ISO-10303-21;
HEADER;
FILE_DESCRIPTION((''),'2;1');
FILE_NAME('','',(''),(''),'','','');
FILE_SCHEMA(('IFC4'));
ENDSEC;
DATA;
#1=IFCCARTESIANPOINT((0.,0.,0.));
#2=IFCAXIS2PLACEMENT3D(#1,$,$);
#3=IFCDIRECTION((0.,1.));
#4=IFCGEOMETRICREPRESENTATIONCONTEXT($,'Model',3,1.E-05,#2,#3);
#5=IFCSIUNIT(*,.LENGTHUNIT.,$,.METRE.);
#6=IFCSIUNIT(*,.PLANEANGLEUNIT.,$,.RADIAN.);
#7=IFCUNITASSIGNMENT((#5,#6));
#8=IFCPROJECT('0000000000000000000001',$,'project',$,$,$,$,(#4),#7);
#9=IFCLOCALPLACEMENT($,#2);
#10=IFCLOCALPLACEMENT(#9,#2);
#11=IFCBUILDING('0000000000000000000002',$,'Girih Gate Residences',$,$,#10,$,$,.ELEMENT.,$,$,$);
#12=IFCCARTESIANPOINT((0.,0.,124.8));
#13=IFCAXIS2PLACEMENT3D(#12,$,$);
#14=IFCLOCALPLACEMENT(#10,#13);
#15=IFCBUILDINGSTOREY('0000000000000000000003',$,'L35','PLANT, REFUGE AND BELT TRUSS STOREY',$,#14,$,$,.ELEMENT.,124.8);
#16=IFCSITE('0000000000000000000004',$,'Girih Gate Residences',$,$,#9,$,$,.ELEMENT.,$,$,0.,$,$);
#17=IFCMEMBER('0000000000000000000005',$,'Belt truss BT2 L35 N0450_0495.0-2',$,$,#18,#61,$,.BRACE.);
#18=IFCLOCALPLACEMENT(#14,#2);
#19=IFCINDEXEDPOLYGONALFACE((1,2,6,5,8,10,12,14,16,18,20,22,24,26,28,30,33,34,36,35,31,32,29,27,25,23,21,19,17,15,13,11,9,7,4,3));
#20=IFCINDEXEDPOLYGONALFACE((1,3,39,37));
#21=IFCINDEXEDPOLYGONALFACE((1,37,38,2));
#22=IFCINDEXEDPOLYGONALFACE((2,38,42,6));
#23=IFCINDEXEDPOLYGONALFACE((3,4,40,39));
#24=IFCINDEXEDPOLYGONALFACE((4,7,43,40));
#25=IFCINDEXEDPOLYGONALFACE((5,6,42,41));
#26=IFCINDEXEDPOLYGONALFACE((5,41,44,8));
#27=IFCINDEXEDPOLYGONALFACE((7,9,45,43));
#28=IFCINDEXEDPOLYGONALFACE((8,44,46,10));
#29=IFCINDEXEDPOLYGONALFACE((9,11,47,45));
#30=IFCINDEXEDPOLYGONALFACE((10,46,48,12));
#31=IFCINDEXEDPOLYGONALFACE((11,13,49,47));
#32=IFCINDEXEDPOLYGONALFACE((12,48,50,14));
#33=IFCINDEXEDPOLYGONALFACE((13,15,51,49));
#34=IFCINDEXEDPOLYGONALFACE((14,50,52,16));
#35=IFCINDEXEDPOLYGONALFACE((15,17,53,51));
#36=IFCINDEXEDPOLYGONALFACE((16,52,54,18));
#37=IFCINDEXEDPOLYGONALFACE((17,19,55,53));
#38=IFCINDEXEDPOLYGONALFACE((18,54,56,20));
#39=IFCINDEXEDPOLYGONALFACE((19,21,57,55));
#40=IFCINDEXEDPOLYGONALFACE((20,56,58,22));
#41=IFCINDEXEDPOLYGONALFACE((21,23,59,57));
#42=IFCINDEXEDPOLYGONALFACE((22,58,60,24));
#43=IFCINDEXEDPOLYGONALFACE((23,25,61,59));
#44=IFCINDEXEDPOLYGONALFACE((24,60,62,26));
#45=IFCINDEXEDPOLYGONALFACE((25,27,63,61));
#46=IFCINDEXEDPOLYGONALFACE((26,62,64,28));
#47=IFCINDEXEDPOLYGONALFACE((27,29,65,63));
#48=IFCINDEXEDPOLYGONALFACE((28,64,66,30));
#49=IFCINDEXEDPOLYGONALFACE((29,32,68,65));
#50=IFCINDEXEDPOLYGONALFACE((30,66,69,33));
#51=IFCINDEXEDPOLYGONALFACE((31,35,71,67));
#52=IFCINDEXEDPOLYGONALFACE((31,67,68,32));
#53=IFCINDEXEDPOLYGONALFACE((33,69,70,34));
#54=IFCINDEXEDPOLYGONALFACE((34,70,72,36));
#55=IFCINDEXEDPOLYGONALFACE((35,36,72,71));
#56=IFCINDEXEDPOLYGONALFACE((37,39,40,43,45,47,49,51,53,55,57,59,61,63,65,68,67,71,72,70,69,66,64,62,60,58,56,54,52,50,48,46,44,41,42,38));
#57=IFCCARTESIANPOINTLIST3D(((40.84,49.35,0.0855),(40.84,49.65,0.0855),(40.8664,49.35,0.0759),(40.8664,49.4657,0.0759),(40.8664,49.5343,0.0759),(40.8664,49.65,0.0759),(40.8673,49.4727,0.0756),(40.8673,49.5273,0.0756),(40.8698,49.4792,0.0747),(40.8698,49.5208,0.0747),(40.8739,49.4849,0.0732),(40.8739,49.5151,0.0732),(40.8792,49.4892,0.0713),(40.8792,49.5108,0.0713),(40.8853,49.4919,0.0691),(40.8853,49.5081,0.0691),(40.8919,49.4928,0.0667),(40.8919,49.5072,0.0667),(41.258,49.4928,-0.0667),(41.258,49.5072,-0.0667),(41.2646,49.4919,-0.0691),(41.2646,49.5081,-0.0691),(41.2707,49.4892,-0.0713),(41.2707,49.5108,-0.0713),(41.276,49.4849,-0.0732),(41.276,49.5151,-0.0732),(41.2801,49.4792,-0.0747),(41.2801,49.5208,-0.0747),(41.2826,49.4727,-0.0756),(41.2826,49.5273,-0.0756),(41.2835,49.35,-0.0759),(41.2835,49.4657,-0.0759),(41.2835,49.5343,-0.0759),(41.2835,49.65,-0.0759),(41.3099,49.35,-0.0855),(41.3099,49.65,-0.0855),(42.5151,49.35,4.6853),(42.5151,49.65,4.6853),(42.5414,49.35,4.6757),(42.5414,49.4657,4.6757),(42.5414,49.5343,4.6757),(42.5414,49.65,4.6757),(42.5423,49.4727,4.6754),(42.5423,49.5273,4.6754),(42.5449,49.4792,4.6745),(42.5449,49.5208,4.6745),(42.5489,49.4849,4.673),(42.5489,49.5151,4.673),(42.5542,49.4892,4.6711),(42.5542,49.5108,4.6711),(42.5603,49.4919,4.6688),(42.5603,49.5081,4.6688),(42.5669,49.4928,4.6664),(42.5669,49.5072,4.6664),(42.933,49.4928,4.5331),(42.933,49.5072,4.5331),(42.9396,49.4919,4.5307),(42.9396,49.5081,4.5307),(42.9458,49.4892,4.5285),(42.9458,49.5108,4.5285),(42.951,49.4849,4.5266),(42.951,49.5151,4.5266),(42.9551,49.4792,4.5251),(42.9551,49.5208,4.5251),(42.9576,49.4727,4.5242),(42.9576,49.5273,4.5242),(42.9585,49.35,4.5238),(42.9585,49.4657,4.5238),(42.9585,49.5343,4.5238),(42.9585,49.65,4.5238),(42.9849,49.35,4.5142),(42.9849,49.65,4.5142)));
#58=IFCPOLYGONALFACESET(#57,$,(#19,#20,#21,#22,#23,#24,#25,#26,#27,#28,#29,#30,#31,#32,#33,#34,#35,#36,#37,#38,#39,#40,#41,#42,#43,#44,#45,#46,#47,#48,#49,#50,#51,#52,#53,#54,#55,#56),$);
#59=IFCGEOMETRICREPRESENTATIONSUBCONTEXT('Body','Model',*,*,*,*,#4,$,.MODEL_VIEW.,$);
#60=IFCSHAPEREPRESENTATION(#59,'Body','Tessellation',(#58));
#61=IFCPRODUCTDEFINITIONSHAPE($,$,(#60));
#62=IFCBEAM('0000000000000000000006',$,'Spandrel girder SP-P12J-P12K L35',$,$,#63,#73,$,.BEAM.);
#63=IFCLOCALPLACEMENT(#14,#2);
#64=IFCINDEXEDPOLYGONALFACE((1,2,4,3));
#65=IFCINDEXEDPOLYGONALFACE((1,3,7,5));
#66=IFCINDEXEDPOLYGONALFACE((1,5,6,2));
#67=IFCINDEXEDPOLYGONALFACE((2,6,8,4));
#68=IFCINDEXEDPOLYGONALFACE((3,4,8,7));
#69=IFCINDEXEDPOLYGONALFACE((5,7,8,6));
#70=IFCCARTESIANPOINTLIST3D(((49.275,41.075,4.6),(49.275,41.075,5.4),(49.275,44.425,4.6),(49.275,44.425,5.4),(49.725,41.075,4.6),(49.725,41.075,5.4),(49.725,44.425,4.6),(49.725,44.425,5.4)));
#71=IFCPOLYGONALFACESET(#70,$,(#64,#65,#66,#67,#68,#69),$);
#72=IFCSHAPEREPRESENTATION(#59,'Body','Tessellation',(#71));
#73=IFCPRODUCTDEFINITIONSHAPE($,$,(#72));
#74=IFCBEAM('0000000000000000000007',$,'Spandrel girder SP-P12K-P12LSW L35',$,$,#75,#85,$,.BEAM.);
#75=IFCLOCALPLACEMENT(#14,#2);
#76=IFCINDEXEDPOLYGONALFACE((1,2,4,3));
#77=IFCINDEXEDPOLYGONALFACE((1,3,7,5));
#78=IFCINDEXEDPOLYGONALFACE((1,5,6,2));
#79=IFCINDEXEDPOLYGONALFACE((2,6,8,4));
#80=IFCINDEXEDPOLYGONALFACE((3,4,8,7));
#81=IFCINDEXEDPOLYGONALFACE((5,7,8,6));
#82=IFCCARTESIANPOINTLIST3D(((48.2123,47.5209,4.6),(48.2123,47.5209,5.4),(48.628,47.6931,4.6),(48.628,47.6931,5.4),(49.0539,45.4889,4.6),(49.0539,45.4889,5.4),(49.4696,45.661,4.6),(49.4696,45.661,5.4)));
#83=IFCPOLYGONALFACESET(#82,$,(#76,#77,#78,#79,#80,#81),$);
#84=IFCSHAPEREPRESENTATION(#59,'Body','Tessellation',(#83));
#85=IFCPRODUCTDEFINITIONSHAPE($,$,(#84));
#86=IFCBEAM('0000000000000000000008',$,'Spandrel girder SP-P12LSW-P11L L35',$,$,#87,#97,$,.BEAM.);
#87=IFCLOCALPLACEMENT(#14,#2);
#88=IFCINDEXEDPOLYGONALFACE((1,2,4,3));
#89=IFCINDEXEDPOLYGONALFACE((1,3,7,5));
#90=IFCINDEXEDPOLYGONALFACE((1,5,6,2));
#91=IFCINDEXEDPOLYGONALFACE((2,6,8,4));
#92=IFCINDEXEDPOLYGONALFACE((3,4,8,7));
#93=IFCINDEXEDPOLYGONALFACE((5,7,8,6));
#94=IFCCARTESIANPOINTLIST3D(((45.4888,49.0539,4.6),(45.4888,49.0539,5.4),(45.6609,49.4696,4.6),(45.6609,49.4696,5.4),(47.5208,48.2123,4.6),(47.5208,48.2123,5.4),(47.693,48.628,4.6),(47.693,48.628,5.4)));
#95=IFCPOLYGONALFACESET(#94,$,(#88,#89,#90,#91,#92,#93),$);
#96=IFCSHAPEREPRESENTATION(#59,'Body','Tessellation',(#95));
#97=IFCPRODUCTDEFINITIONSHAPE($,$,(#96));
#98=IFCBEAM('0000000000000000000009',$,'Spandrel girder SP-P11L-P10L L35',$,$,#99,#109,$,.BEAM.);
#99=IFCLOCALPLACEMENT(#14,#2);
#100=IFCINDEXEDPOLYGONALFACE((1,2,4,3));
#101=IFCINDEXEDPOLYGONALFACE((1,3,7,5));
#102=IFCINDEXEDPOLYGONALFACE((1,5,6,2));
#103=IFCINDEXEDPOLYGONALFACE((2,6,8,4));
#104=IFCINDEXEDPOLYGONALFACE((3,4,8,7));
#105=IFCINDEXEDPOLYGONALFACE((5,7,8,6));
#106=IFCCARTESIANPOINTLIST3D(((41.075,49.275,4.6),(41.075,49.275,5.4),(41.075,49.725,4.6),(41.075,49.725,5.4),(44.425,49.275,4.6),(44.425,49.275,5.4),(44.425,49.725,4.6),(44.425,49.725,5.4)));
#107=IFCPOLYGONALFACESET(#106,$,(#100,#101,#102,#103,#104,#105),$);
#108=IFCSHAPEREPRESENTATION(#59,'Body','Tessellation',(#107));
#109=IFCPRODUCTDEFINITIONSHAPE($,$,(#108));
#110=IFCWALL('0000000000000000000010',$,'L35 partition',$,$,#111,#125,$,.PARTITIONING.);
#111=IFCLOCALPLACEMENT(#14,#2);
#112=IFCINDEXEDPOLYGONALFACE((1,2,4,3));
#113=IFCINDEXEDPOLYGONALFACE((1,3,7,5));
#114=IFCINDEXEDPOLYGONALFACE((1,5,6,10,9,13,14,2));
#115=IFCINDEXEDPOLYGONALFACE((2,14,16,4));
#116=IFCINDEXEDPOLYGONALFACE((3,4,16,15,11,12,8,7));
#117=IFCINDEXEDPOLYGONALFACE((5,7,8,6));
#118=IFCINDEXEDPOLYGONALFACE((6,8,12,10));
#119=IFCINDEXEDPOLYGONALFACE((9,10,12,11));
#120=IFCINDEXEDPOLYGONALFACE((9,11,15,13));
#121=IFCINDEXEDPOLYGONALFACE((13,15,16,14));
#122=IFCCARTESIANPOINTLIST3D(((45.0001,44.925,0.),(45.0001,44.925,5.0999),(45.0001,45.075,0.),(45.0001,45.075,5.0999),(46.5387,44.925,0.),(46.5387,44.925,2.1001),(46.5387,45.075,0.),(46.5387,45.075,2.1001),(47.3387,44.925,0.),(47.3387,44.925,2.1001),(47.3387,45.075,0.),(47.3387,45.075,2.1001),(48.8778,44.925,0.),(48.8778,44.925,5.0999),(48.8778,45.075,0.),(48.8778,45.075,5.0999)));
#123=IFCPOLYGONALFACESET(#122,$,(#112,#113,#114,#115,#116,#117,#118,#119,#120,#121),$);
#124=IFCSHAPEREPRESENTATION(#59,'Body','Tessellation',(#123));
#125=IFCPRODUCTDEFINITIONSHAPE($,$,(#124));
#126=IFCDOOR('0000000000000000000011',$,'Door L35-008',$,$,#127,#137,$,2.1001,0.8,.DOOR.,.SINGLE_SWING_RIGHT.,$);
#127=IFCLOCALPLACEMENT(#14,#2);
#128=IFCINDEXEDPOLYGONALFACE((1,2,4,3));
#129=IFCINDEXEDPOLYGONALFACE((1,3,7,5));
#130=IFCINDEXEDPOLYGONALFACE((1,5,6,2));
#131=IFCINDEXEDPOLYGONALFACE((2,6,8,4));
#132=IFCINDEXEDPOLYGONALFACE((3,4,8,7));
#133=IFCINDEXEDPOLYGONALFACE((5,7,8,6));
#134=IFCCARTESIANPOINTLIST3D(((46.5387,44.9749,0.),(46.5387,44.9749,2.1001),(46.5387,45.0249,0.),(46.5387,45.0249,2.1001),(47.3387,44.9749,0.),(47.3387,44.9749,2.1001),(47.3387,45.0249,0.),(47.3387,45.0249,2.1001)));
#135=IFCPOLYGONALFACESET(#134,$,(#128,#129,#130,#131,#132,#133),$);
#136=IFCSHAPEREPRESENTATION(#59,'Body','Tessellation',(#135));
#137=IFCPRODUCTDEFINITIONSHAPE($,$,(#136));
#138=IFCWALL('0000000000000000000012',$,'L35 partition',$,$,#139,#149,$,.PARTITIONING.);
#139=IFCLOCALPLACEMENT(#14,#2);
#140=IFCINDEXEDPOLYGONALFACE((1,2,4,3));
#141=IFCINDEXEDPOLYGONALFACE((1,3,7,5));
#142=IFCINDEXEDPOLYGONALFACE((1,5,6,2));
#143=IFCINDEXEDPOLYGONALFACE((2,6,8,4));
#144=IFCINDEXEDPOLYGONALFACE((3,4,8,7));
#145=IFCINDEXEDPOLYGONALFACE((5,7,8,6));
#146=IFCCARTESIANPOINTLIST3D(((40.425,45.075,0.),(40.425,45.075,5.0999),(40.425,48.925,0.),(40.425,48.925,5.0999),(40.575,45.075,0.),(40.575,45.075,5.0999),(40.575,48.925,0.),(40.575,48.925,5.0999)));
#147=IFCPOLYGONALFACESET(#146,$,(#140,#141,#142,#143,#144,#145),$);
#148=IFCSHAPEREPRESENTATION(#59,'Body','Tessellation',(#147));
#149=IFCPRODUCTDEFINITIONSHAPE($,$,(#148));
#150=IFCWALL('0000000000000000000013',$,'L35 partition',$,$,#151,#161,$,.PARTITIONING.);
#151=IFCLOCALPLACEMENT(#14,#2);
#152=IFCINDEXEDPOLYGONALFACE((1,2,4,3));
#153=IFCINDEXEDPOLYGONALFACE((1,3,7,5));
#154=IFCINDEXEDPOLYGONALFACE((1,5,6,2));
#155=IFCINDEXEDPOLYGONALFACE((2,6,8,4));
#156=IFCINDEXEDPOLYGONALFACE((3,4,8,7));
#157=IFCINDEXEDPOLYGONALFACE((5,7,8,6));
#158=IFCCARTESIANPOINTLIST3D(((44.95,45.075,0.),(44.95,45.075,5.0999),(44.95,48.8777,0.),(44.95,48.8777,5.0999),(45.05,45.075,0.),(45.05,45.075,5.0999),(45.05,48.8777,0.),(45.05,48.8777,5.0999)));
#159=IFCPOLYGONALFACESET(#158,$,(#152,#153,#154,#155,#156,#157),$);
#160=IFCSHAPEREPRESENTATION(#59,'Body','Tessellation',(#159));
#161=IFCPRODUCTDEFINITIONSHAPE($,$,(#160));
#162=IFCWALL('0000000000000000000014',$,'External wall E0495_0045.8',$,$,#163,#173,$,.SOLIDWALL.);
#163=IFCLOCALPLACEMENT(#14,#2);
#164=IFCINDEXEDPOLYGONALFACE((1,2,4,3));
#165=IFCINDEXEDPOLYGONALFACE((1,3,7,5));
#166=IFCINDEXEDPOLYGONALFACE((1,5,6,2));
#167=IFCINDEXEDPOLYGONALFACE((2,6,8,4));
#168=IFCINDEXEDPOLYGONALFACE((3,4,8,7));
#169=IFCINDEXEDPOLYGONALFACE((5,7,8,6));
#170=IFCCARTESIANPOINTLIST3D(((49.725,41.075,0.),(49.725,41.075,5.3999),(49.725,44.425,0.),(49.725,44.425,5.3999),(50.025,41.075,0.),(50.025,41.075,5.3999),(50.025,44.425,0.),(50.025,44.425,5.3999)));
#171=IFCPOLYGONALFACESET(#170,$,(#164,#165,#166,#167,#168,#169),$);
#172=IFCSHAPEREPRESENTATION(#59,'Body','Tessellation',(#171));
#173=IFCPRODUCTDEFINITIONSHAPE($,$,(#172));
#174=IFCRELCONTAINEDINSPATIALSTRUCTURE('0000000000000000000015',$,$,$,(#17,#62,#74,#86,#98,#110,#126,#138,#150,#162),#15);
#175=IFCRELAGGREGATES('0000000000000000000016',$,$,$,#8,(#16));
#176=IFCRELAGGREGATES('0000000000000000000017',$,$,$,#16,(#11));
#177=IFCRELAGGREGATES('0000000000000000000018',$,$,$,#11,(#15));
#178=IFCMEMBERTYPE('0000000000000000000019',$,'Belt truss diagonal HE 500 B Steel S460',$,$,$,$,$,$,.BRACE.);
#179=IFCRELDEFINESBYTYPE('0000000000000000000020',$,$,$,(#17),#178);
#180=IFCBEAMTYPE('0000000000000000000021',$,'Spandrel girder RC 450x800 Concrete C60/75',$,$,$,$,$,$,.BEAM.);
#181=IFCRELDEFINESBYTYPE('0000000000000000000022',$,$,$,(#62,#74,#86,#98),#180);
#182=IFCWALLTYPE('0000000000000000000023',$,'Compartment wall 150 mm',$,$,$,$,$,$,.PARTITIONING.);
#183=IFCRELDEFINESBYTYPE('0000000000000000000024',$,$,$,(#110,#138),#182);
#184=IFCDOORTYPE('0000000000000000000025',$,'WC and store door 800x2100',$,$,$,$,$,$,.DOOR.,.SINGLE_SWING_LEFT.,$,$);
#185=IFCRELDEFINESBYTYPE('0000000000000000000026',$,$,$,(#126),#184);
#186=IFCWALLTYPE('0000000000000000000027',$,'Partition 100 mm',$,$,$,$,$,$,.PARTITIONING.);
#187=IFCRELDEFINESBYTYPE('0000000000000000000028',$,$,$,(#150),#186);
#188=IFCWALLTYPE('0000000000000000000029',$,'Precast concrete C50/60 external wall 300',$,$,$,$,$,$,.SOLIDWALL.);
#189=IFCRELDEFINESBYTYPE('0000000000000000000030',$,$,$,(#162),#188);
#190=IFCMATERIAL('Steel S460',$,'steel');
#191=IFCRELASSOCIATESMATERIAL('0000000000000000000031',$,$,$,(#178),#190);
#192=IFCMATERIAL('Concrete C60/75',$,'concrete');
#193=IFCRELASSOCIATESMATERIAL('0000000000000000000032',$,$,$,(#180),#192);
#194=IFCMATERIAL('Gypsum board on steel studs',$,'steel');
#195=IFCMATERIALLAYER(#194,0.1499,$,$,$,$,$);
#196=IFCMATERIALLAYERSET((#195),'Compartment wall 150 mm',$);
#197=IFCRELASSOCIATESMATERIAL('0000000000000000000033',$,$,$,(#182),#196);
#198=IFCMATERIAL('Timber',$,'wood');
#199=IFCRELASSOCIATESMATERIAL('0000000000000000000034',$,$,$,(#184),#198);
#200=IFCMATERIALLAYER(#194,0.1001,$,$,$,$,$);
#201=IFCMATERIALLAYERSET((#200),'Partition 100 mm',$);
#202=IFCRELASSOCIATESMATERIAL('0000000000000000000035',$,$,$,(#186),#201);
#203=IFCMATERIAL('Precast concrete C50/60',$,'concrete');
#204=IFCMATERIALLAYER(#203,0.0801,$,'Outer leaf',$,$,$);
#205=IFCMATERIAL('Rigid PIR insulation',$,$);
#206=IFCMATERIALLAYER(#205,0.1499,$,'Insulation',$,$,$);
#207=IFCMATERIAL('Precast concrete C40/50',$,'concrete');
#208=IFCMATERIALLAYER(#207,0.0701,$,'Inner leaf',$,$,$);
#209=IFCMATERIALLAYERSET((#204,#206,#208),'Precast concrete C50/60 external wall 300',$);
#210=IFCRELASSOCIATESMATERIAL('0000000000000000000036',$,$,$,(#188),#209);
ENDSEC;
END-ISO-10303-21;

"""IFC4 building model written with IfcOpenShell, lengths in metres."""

from ifc_helpers import new_model, si_unit, direction, frame, frame_2d, origin, origin_2d, place, context, subcontext, project, spatial, rectangle, i_section, extrude, material, layer, layer_set, material_profile, profile_set, type_object, element, fill, save


model = new_model("IFC4")

# Units and contexts
model_context = context("Model", 3, precision=1e-05, world=origin(), true_north=direction((0.0, 1.0)))
body_context = subcontext(model_context, "Body", "Model", "MODEL_VIEW")
ifc_project = project(units=[si_unit("LENGTHUNIT", "METRE"), si_unit("PLANEANGLEUNIT", "RADIAN")], contexts=[model_context])

# Site, building, storey
site_placement = place(None, origin())
site = spatial("IfcSite", under=ifc_project, at=site_placement, Name="Girih Gate Residences", CompositionType="ELEMENT", RefElevation=0.0)
building_placement = place(site_placement, origin())
building = spatial("IfcBuilding", under=site, at=building_placement, Name="Girih Gate Residences", CompositionType="ELEMENT")
storey_placement = place(building_placement, frame((0.0, 0.0, 124.8)))
storey = spatial("IfcBuildingStorey", under=building, at=storey_placement, Name="L35", Description="PLANT, REFUGE AND BELT TRUSS STOREY", CompositionType="ELEMENT", Elevation=124.8)

# Member
ifc_material_1 = material(Name="Steel S460", Category="steel")
ifc_material_profile_1 = material_profile(ifc_material_1, i_section(OverallWidth=0.3, OverallDepth=0.5, WebThickness=0.0144, FlangeThickness=0.0281, FilletRadius=0.0271, at=origin_2d()))
ifc_profile_set_1 = profile_set([ifc_material_profile_1], Name="Steel S460")
member_type_1 = type_object("IfcMemberType", Name="Belt truss diagonal HE 500 B Steel S460", PredefinedType="BRACE", material=ifc_profile_set_1)
for number, where, z_axis, x_axis, name in (
    (1, (41.075, 49.5, 0.0), (0.342171, 0.0, 0.939638), (0.0, 1.0, 0.0), "Belt truss BT2 L35 N0450_0495.0-2"),
):
    element("IfcMember", number, at=place(storey_placement, frame(where, z_axis=z_axis, x_axis=x_axis)), inside=storey, type_object=member_type_1, Name=name, PredefinedType="BRACE", context=body_context, shape_type="SweptSolid", body=[
        extrude(i_section(OverallWidth=0.3, OverallDepth=0.5, WebThickness=0.0144, FlangeThickness=0.0281, FilletRadius=0.0271, at=origin_2d()), origin(), (0.0, 0.0, 1.0), 4.8953),
    ])

# Beams
ifc_material_2 = material(Name="Concrete C60/75", Category="concrete")
ifc_material_profile_2 = material_profile(ifc_material_2, rectangle(XDim=0.45, YDim=0.8, at=origin_2d()))
ifc_profile_set_2 = profile_set([ifc_material_profile_2], Name="Concrete C60/75")
beam_type = type_object("IfcBeamType", Name="Spandrel girder RC 450x800 Concrete C60/75", PredefinedType="BEAM", material=ifc_profile_set_2)
beam_1_placement = place(storey_placement, frame((49.5, 41.075, 5.0), z_axis=(0.0, 1.0, 0.0), x_axis=(-1.0, 0.0, 0.0)))
element("IfcBeam", 2, at=beam_1_placement, inside=storey, type_object=beam_type, Name="Spandrel girder SP-P12J-P12K L35", PredefinedType="BEAM", context=body_context, shape_type="SweptSolid", body=[
    extrude(rectangle(XDim=0.45, YDim=0.8, at=origin_2d()), origin(), (0.0, 0.0, 1.0), 3.3501),
])
for number, where, z_axis, x_axis, name in (
    (3, (49.2617, 45.575, 5.0), (-0.382636, 0.923899, 0.0), (-0.923899, -0.382636, 0.0), "Spandrel girder SP-P12K-P12LSW L35"),
    (4, (47.6069, 48.4202, 5.0), (-0.923899, 0.382636, 0.0), (-0.382636, -0.923899, 0.0), "Spandrel girder SP-P12LSW-P11L L35"),
):
    element("IfcBeam", number, at=place(storey_placement, frame(where, z_axis=z_axis, x_axis=x_axis)), inside=storey, type_object=beam_type, Name=name, PredefinedType="BEAM", context=body_context, shape_type="SweptSolid", body=[
        extrude(rectangle(XDim=0.45, YDim=0.8, at=origin_2d()), origin(), (0.0, 0.0, 1.0), 2.1995),
    ])
beam_2_placement = place(storey_placement, frame((44.425, 49.5, 5.0), z_axis=(-1.0, 0.0, 0.0), x_axis=(0.0, -1.0, 0.0)))
element("IfcBeam", 5, at=beam_2_placement, inside=storey, type_object=beam_type, Name="Spandrel girder SP-P11L-P10L L35", PredefinedType="BEAM", context=body_context, shape_type="SweptSolid", body=[
    extrude(rectangle(XDim=0.45, YDim=0.8, at=origin_2d()), origin(), (0.0, 0.0, 1.0), 3.3501),
])

# Wall, opening, door
ifc_material_3 = material(Name="Gypsum board on steel studs", Category="steel")
ifc_layer_1 = layer(ifc_material_3, 0.1499)
ifc_layer_set_1 = layer_set([ifc_layer_1], Name="Compartment wall 150 mm")
wall_type_1 = type_object("IfcWallType", Name="Compartment wall 150 mm", PredefinedType="PARTITIONING", material=ifc_layer_set_1)
wall_1_placement = place(storey_placement, frame((45.0, 45.0, 0.0), z_axis=(0.0, 0.0, 1.0), x_axis=(1.0, 0.0, 0.0)))
wall_1 = element("IfcWall", 6, at=wall_1_placement, inside=storey, type_object=wall_type_1, Name="L35 partition", PredefinedType="PARTITIONING", context=body_context, shape_type="SweptSolid", body=[
    extrude(rectangle(XDim=3.8777, YDim=0.1499, at=frame_2d((1.939, 0.0))), origin(), (0.0, 0.0, 1.0), 5.0999),
])
opening_placement = place(wall_1_placement, frame((1.5388, 0.0, 0.0)))
opening = element("IfcOpeningElement", 7, at=opening_placement, cuts=wall_1, PredefinedType="OPENING", context=body_context, shape_type="SweptSolid", body=[
    extrude(rectangle(XDim=0.8, YDim=2.1001, at=frame_2d((0.3999, 1.05))), frame((0.0, 0.085, 0.0), z_axis=(0.0, -1.0, 0.0), x_axis=(1.0, 0.0, 0.0)), (0.0, 0.0, 1.0), 0.1699),
])
ifc_material_4 = material(Name="Timber", Category="wood")
door_type = type_object("IfcDoorType", Name="WC and store door 800x2100", OperationType="SINGLE_SWING_LEFT", PredefinedType="DOOR", material=ifc_material_4)
door_placement = place(opening_placement, origin())
door = element("IfcDoor", 8, at=door_placement, inside=storey, type_object=door_type, Name="Door L35-008", OperationType="SINGLE_SWING_RIGHT", OverallHeight=2.1001, OverallWidth=0.8, PredefinedType="DOOR", context=body_context, shape_type="SweptSolid", body=[
    extrude(rectangle(XDim=0.8, YDim=2.1001, at=frame_2d((0.3999, 1.05))), frame((0.0, 0.0249, 0.0), z_axis=(0.0, -1.0, 0.0), x_axis=(1.0, 0.0, 0.0)), (0.0, 0.0, 1.0), 0.05),
])
fill(opening, door)

# Walls
wall_2_placement = place(storey_placement, frame((40.5, 45.075, 0.0), z_axis=(0.0, 0.0, 1.0), x_axis=(0.0, 1.0, 0.0)))
element("IfcWall", 9, at=wall_2_placement, inside=storey, type_object=wall_type_1, Name="L35 partition", PredefinedType="PARTITIONING", context=body_context, shape_type="SweptSolid", body=[
    extrude(rectangle(XDim=3.8501, YDim=0.1499, at=frame_2d((1.925, 0.0))), origin(), (0.0, 0.0, 1.0), 5.0999),
])
ifc_layer_2 = layer(ifc_material_3, 0.1001)
ifc_layer_set_2 = layer_set([ifc_layer_2], Name="Partition 100 mm")
wall_type_2 = type_object("IfcWallType", Name="Partition 100 mm", PredefinedType="PARTITIONING", material=ifc_layer_set_2)
wall_3_placement = place(storey_placement, frame((45.0, 45.075, 0.0), z_axis=(0.0, 0.0, 1.0), x_axis=(0.0, 1.0, 0.0)))
element("IfcWall", 10, at=wall_3_placement, inside=storey, type_object=wall_type_2, Name="L35 partition", PredefinedType="PARTITIONING", context=body_context, shape_type="SweptSolid", body=[
    extrude(rectangle(XDim=3.8027, YDim=0.1001, at=frame_2d((1.9014, 0.0))), origin(), (0.0, 0.0, 1.0), 5.0999),
])
ifc_material_5 = material(Name="Precast concrete C50/60", Category="concrete")
ifc_layer_3 = layer(ifc_material_5, 0.0801, Name="Outer leaf")
ifc_material_6 = material(Name="Rigid PIR insulation")
ifc_layer_4 = layer(ifc_material_6, 0.1499, Name="Insulation")
ifc_material_7 = material(Name="Precast concrete C40/50", Category="concrete")
ifc_layer_5 = layer(ifc_material_7, 0.0701, Name="Inner leaf")
ifc_layer_set_3 = layer_set([ifc_layer_3, ifc_layer_4, ifc_layer_5], Name="Precast concrete C50/60 external wall 300")
wall_type_3 = type_object("IfcWallType", Name="Precast concrete C50/60 external wall 300", PredefinedType="SOLIDWALL", material=ifc_layer_set_3)
wall_4_placement = place(storey_placement, frame((49.875, 44.425, 0.0), z_axis=(0.0, 0.0, 1.0), x_axis=(0.0, -1.0, 0.0)))
element("IfcWall", 11, at=wall_4_placement, inside=storey, type_object=wall_type_3, Name="External wall E0495_0045.8", PredefinedType="SOLIDWALL", context=body_context, shape_type="SweptSolid", body=[
    extrude(rectangle(XDim=3.3501, YDim=0.3, at=frame_2d((1.675, 0.0))), origin(), (0.0, 0.0, 1.0), 5.3999),
])

save(model, "model.ifc")
